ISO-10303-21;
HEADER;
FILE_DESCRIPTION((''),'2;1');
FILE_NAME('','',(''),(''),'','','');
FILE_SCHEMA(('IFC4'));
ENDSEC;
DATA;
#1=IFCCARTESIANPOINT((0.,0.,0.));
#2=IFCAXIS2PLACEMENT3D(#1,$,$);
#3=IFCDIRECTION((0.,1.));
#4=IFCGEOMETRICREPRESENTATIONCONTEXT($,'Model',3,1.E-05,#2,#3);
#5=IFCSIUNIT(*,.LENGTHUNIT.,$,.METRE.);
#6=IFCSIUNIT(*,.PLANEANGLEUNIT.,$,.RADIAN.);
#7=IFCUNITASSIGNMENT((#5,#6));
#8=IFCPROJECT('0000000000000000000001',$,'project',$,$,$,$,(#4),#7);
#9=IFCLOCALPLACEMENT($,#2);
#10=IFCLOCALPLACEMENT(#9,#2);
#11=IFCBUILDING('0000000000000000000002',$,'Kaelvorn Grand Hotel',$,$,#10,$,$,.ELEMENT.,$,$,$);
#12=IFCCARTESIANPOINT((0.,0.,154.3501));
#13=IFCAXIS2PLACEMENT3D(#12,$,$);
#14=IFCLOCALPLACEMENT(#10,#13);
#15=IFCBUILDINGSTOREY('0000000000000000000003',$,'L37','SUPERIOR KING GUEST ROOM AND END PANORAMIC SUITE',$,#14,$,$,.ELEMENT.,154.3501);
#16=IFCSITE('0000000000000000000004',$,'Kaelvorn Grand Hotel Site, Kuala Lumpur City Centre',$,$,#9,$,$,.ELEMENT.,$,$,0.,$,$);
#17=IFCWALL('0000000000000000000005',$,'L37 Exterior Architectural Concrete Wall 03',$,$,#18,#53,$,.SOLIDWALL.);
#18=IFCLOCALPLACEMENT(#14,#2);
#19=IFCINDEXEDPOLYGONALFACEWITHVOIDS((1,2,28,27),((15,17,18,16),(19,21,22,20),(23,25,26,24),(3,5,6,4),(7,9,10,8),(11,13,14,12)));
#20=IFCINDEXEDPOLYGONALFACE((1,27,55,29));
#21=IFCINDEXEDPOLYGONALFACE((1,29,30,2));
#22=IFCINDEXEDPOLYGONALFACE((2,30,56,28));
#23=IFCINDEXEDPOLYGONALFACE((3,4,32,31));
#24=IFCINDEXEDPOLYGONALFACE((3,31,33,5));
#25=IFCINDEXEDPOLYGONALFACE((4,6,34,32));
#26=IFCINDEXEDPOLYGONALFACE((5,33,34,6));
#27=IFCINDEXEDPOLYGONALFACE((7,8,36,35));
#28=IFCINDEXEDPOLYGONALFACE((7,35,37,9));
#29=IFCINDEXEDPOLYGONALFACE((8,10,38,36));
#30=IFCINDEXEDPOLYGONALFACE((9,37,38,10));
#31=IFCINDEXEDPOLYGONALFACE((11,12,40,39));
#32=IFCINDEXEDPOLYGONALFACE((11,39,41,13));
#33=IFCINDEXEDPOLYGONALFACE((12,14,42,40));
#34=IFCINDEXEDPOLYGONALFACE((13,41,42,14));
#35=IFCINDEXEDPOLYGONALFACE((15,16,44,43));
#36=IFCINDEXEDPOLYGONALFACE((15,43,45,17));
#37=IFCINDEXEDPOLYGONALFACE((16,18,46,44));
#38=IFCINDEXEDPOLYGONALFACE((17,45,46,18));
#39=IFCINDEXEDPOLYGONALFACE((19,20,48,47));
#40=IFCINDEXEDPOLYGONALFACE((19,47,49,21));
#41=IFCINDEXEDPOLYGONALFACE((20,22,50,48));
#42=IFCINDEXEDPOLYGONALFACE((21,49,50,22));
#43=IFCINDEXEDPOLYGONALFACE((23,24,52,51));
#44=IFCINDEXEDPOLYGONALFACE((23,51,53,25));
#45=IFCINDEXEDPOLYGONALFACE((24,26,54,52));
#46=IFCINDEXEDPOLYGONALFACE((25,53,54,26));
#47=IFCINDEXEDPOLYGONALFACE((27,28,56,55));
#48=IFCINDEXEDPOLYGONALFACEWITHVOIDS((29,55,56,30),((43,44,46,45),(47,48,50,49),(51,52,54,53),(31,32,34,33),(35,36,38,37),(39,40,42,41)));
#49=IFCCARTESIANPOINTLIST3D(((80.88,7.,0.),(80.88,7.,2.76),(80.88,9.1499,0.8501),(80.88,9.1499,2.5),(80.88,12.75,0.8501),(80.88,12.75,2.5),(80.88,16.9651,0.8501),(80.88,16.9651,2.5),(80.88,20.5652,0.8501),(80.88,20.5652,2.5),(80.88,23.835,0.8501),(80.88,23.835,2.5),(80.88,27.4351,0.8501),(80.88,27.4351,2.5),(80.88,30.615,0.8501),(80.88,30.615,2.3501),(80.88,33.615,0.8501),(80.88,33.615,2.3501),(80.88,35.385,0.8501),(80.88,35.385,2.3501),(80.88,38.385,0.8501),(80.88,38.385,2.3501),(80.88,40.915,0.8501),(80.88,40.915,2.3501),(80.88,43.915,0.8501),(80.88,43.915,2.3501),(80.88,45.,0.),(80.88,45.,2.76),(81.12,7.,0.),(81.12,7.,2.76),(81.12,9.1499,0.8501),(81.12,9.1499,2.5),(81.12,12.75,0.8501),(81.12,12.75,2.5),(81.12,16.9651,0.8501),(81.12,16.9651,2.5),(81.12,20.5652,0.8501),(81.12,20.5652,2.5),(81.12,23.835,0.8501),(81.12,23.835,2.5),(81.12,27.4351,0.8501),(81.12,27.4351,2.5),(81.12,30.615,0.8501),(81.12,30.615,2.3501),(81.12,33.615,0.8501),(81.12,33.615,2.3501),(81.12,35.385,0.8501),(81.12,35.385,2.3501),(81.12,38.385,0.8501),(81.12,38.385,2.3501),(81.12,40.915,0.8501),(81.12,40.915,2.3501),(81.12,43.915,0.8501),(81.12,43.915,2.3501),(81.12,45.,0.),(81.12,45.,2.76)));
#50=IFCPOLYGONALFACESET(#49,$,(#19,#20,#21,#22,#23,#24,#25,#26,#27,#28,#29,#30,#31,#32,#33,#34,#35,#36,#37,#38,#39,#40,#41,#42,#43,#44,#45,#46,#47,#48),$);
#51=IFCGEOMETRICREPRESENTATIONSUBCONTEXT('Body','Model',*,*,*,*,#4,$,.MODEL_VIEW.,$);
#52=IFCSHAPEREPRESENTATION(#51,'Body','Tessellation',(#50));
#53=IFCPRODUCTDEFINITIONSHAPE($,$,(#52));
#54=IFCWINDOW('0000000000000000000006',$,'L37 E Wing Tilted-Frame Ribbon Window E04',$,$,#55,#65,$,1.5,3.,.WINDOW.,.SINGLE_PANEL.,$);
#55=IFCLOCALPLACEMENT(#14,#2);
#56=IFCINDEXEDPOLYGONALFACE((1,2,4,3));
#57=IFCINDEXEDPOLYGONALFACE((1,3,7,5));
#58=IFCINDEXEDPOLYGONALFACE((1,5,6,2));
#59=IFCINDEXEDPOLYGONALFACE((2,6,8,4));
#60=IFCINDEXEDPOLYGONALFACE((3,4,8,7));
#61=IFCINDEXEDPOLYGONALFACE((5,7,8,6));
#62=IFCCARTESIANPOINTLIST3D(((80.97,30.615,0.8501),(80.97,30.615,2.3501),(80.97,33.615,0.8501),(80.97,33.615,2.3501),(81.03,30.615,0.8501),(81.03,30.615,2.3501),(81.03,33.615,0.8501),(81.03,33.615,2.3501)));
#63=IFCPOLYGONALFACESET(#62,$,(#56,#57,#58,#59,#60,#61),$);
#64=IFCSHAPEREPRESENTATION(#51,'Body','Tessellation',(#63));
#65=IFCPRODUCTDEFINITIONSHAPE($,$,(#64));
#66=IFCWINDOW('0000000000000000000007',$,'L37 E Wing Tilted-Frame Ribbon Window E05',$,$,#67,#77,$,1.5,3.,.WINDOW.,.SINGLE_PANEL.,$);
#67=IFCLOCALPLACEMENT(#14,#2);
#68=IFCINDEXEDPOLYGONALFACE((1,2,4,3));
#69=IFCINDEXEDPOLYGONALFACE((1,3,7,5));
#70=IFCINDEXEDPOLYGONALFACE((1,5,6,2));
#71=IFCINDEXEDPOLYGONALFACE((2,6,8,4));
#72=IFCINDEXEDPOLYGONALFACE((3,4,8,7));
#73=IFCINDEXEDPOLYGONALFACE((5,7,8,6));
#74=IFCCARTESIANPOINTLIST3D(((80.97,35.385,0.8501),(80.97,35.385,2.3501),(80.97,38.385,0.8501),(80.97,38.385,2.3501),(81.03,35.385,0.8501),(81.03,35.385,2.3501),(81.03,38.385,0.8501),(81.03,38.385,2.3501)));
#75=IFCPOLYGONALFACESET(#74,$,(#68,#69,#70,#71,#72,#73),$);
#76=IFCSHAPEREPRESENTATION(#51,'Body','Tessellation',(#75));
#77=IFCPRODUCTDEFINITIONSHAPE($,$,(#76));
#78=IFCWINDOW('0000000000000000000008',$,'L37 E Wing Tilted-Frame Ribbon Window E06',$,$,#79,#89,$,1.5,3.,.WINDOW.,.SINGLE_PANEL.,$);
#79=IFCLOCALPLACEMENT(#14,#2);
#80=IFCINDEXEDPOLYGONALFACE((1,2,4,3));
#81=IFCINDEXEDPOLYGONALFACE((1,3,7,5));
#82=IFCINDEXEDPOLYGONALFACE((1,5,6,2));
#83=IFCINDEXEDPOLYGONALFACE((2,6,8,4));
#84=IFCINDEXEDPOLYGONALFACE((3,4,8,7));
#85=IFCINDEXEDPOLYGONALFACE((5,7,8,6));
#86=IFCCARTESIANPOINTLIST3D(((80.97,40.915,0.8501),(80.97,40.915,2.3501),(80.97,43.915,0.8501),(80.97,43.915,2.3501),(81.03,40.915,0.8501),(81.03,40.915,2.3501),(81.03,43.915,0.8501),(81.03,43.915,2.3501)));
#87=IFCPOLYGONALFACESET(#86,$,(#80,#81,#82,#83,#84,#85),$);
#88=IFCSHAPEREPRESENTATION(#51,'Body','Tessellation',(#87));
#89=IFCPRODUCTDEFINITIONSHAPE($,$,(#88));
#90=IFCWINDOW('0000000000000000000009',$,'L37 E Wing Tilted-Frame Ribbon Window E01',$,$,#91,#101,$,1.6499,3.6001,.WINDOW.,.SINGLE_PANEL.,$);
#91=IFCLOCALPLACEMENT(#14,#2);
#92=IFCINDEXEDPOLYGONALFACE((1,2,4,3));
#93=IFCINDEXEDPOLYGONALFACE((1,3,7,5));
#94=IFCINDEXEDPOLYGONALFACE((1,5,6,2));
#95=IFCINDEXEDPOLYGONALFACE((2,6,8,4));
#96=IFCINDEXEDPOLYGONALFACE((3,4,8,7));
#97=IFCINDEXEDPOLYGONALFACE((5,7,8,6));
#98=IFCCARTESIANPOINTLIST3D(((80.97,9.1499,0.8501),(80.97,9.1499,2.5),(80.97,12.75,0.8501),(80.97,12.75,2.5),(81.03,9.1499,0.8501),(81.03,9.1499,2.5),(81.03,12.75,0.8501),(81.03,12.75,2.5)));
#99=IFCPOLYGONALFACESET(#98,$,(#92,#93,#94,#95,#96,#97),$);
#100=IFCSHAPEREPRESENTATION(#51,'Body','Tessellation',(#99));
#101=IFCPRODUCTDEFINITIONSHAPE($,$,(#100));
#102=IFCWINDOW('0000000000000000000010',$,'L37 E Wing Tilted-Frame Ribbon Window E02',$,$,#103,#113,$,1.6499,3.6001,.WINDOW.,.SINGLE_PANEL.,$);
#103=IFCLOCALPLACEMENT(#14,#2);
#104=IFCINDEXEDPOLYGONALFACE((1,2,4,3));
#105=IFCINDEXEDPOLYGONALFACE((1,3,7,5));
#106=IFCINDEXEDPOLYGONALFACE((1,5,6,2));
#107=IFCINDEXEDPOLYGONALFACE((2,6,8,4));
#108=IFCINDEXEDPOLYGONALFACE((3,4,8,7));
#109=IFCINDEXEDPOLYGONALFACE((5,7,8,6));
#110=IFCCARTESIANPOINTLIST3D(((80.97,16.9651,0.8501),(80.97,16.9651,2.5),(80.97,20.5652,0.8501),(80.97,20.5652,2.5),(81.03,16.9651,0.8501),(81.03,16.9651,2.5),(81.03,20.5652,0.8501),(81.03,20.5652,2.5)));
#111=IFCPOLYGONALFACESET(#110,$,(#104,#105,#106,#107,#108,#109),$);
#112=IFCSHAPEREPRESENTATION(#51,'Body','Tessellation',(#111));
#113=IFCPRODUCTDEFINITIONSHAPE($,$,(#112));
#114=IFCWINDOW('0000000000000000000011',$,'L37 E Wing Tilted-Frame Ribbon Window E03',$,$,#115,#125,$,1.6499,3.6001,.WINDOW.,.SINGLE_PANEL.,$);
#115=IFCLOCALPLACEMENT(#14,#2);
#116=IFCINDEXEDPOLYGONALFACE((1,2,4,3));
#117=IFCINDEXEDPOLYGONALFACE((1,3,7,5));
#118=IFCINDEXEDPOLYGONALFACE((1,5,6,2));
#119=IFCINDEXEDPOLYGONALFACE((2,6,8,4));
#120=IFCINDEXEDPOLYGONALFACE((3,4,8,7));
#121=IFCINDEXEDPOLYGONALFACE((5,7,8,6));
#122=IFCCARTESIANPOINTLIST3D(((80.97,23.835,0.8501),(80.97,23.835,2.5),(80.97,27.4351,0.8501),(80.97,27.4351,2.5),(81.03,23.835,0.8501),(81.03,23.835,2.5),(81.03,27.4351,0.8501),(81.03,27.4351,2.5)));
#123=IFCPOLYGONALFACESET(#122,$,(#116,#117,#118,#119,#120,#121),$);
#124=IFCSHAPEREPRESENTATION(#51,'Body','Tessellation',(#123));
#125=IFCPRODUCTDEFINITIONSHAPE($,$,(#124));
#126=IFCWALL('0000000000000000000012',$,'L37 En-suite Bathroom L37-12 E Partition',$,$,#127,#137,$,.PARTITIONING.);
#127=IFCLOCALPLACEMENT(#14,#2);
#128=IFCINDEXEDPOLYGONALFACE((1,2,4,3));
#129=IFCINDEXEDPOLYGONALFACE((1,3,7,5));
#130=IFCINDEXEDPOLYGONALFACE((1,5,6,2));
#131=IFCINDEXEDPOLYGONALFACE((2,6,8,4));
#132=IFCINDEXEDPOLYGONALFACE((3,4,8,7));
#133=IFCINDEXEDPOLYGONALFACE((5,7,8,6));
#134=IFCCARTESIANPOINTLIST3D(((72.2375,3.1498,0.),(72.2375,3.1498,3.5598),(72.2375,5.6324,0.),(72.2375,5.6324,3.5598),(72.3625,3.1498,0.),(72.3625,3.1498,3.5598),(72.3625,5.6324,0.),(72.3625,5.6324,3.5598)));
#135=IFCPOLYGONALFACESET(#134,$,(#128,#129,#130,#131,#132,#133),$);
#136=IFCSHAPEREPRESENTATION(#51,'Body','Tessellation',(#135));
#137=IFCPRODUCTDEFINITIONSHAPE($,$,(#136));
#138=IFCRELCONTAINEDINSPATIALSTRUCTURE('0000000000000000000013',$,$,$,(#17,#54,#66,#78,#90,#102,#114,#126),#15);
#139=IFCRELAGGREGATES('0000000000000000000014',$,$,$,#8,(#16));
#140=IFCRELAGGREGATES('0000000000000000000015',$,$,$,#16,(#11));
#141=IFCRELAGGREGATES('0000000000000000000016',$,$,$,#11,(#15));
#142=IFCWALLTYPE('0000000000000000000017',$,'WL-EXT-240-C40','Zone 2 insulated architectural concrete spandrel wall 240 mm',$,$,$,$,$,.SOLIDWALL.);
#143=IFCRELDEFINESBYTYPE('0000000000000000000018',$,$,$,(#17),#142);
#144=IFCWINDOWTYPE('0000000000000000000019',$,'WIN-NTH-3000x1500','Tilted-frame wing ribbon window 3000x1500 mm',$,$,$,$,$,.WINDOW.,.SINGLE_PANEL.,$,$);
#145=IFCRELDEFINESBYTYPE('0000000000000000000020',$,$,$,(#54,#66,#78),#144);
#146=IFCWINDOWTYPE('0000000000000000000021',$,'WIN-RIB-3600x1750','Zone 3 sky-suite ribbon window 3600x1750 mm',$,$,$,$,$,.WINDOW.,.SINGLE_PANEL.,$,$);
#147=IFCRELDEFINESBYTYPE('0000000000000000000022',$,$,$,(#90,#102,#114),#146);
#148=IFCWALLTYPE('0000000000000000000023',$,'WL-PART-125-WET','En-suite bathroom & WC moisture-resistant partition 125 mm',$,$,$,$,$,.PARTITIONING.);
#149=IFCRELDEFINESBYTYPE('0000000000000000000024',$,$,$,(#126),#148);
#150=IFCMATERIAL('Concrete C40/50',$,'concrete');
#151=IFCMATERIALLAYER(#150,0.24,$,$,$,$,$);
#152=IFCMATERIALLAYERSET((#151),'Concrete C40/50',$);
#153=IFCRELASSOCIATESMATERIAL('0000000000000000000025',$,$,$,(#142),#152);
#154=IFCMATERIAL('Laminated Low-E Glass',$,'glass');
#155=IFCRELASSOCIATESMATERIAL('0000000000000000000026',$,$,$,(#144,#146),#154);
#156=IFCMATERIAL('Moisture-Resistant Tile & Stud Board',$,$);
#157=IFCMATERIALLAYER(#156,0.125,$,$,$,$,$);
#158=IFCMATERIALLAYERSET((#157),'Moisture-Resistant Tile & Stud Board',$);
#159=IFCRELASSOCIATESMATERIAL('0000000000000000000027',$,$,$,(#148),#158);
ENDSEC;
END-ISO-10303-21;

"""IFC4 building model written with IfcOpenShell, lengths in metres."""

from ifc_helpers import new_model, si_unit, direction, frame, frame_2d, origin, place, context, subcontext, project, spatial, rectangle, extrude, material, layer, layer_set, type_object, element, fill, save


model = new_model("IFC4")

# Units and contexts
model_context = context("Model", 3, precision=1e-05, world=origin(), true_north=direction((0.0, 1.0)))
body_context = subcontext(model_context, "Body", "Model", "MODEL_VIEW")
ifc_project = project(units=[si_unit("LENGTHUNIT", "METRE"), si_unit("PLANEANGLEUNIT", "RADIAN")], contexts=[model_context])

# Site, building, storey
site_placement = place(None, origin())
site = spatial("IfcSite", under=ifc_project, at=site_placement, Name="Kaelvorn Grand Hotel Site, Kuala Lumpur City Centre", CompositionType="ELEMENT", RefElevation=0.0)
building_placement = place(site_placement, origin())
building = spatial("IfcBuilding", under=site, at=building_placement, Name="Kaelvorn Grand Hotel", CompositionType="ELEMENT")
storey_placement = place(building_placement, frame((0.0, 0.0, 154.3501)))
storey = spatial("IfcBuildingStorey", under=building, at=storey_placement, Name="L37", Description="SUPERIOR KING GUEST ROOM AND END PANORAMIC SUITE", CompositionType="ELEMENT", Elevation=154.3501)

# Shared definitions
ifc_material_1 = material(Name="Concrete C40/50", Category="concrete")
ifc_layer_1 = layer(ifc_material_1, 0.24)
ifc_layer_set_1 = layer_set([ifc_layer_1], Name="Concrete C40/50")
wall_type_1 = type_object("IfcWallType", Name="WL-EXT-240-C40", Description="Zone 2 insulated architectural concrete spandrel wall 240 mm", PredefinedType="SOLIDWALL", material=ifc_layer_set_1)
ifc_material_2 = material(Name="Laminated Low-E Glass", Category="glass")

# Wall, openings, windows
wall_1_placement = place(storey_placement, frame((81.0, 7.0, 0.0), z_axis=(0.0, 0.0, 1.0), x_axis=(0.0, 1.0, 0.0)))
wall_1 = element("IfcWall", 1, at=wall_1_placement, inside=storey, type_object=wall_type_1, Name="L37 Exterior Architectural Concrete Wall 03", PredefinedType="SOLIDWALL", context=body_context, shape_type="SweptSolid", body=[
    extrude(rectangle(XDim=38.0, YDim=0.24, at=frame_2d((19.0, 0.0))), origin(), (0.0, 0.0, 1.0), 2.76),
])
opening_1_placement = place(wall_1_placement, frame((2.1499, 0.0, 0.8501)))
opening_1 = element("IfcOpeningElement", 2, at=opening_1_placement, cuts=wall_1, PredefinedType="OPENING", context=body_context, shape_type="SweptSolid", body=[
    extrude(rectangle(XDim=3.6001, YDim=1.6499, at=frame_2d((1.8, 0.825))), frame((0.0, 0.1299, 0.0), z_axis=(0.0, -1.0, 0.0), x_axis=(1.0, 0.0, 0.0)), (0.0, 0.0, 1.0), 0.26),
])
opening_2_placement = place(wall_1_placement, frame((9.9651, 0.0, 0.8501)))
opening_2 = element("IfcOpeningElement", 3, at=opening_2_placement, cuts=wall_1, PredefinedType="OPENING", context=body_context, shape_type="SweptSolid", body=[
    extrude(rectangle(XDim=3.6001, YDim=1.6499, at=frame_2d((1.8, 0.825))), frame((0.0, 0.1299, 0.0), z_axis=(0.0, -1.0, 0.0), x_axis=(1.0, 0.0, 0.0)), (0.0, 0.0, 1.0), 0.26),
])
opening_3_placement = place(wall_1_placement, frame((16.835, 0.0, 0.8501)))
opening_3 = element("IfcOpeningElement", 4, at=opening_3_placement, cuts=wall_1, PredefinedType="OPENING", context=body_context, shape_type="SweptSolid", body=[
    extrude(rectangle(XDim=3.6001, YDim=1.6499, at=frame_2d((1.8, 0.825))), frame((0.0, 0.1299, 0.0), z_axis=(0.0, -1.0, 0.0), x_axis=(1.0, 0.0, 0.0)), (0.0, 0.0, 1.0), 0.26),
])
opening_4_placement = place(wall_1_placement, frame((23.615, 0.0, 0.8501)))
opening_4 = element("IfcOpeningElement", 5, at=opening_4_placement, cuts=wall_1, PredefinedType="OPENING", context=body_context, shape_type="SweptSolid", body=[
    extrude(rectangle(XDim=3.0, YDim=1.5, at=frame_2d((1.5, 0.75))), frame((0.0, 0.1299, 0.0), z_axis=(0.0, -1.0, 0.0), x_axis=(1.0, 0.0, 0.0)), (0.0, 0.0, 1.0), 0.26),
])
opening_5_placement = place(wall_1_placement, frame((28.385, 0.0, 0.8501)))
opening_5 = element("IfcOpeningElement", 6, at=opening_5_placement, cuts=wall_1, PredefinedType="OPENING", context=body_context, shape_type="SweptSolid", body=[
    extrude(rectangle(XDim=3.0, YDim=1.5, at=frame_2d((1.5, 0.75))), frame((0.0, 0.1299, 0.0), z_axis=(0.0, -1.0, 0.0), x_axis=(1.0, 0.0, 0.0)), (0.0, 0.0, 1.0), 0.26),
])
opening_6_placement = place(wall_1_placement, frame((33.915, 0.0, 0.8501)))
opening_6 = element("IfcOpeningElement", 7, at=opening_6_placement, cuts=wall_1, PredefinedType="OPENING", context=body_context, shape_type="SweptSolid", body=[
    extrude(rectangle(XDim=3.0, YDim=1.5, at=frame_2d((1.5, 0.75))), frame((0.0, 0.1299, 0.0), z_axis=(0.0, -1.0, 0.0), x_axis=(1.0, 0.0, 0.0)), (0.0, 0.0, 1.0), 0.26),
])
window_type_1 = type_object("IfcWindowType", Name="WIN-NTH-3000x1500", Description="Tilted-frame wing ribbon window 3000x1500 mm", PartitioningType="SINGLE_PANEL", PredefinedType="WINDOW", material=ifc_material_2)
window_1_placement = place(opening_4_placement, origin())
window_1 = element("IfcWindow", 8, at=window_1_placement, inside=storey, type_object=window_type_1, Name="L37 E Wing Tilted-Frame Ribbon Window E04", OverallHeight=1.5, OverallWidth=3.0, PartitioningType="SINGLE_PANEL", PredefinedType="WINDOW", context=body_context, shape_type="SweptSolid", body=[
    extrude(rectangle(XDim=3.0, YDim=1.5, at=frame_2d((1.5, 0.75))), frame((0.0, 0.03, 0.0), z_axis=(0.0, -1.0, 0.0), x_axis=(1.0, 0.0, 0.0)), (0.0, 0.0, 1.0), 0.0601),
])
fill(opening_4, window_1)
window_2_placement = place(opening_5_placement, origin())
window_2 = element("IfcWindow", 9, at=window_2_placement, inside=storey, type_object=window_type_1, Name="L37 E Wing Tilted-Frame Ribbon Window E05", OverallHeight=1.5, OverallWidth=3.0, PartitioningType="SINGLE_PANEL", PredefinedType="WINDOW", context=body_context, shape_type="SweptSolid", body=[
    extrude(rectangle(XDim=3.0, YDim=1.5, at=frame_2d((1.5, 0.75))), frame((0.0, 0.03, 0.0), z_axis=(0.0, -1.0, 0.0), x_axis=(1.0, 0.0, 0.0)), (0.0, 0.0, 1.0), 0.0601),
])
fill(opening_5, window_2)
window_3_placement = place(opening_6_placement, origin())
window_3 = element("IfcWindow", 10, at=window_3_placement, inside=storey, type_object=window_type_1, Name="L37 E Wing Tilted-Frame Ribbon Window E06", OverallHeight=1.5, OverallWidth=3.0, PartitioningType="SINGLE_PANEL", PredefinedType="WINDOW", context=body_context, shape_type="SweptSolid", body=[
    extrude(rectangle(XDim=3.0, YDim=1.5, at=frame_2d((1.5, 0.75))), frame((0.0, 0.03, 0.0), z_axis=(0.0, -1.0, 0.0), x_axis=(1.0, 0.0, 0.0)), (0.0, 0.0, 1.0), 0.0601),
])
fill(opening_6, window_3)
window_type_2 = type_object("IfcWindowType", Name="WIN-RIB-3600x1750", Description="Zone 3 sky-suite ribbon window 3600x1750 mm", PartitioningType="SINGLE_PANEL", PredefinedType="WINDOW", material=ifc_material_2)
window_4_placement = place(opening_1_placement, origin())
window_4 = element("IfcWindow", 11, at=window_4_placement, inside=storey, type_object=window_type_2, Name="L37 E Wing Tilted-Frame Ribbon Window E01", OverallHeight=1.6499, OverallWidth=3.6001, PartitioningType="SINGLE_PANEL", PredefinedType="WINDOW", context=body_context, shape_type="SweptSolid", body=[
    extrude(rectangle(XDim=3.6001, YDim=1.6499, at=frame_2d((1.8, 0.825))), frame((0.0, 0.03, 0.0), z_axis=(0.0, -1.0, 0.0), x_axis=(1.0, 0.0, 0.0)), (0.0, 0.0, 1.0), 0.0601),
])
fill(opening_1, window_4)
window_5_placement = place(opening_2_placement, origin())
window_5 = element("IfcWindow", 12, at=window_5_placement, inside=storey, type_object=window_type_2, Name="L37 E Wing Tilted-Frame Ribbon Window E02", OverallHeight=1.6499, OverallWidth=3.6001, PartitioningType="SINGLE_PANEL", PredefinedType="WINDOW", context=body_context, shape_type="SweptSolid", body=[
    extrude(rectangle(XDim=3.6001, YDim=1.6499, at=frame_2d((1.8, 0.825))), frame((0.0, 0.03, 0.0), z_axis=(0.0, -1.0, 0.0), x_axis=(1.0, 0.0, 0.0)), (0.0, 0.0, 1.0), 0.0601),
])
fill(opening_2, window_5)
window_6_placement = place(opening_3_placement, origin())
window_6 = element("IfcWindow", 13, at=window_6_placement, inside=storey, type_object=window_type_2, Name="L37 E Wing Tilted-Frame Ribbon Window E03", OverallHeight=1.6499, OverallWidth=3.6001, PartitioningType="SINGLE_PANEL", PredefinedType="WINDOW", context=body_context, shape_type="SweptSolid", body=[
    extrude(rectangle(XDim=3.6001, YDim=1.6499, at=frame_2d((1.8, 0.825))), frame((0.0, 0.03, 0.0), z_axis=(0.0, -1.0, 0.0), x_axis=(1.0, 0.0, 0.0)), (0.0, 0.0, 1.0), 0.0601),
])
fill(opening_3, window_6)

# Wall
ifc_material_3 = material(Name="Moisture-Resistant Tile & Stud Board")
ifc_layer_2 = layer(ifc_material_3, 0.125)
ifc_layer_set_2 = layer_set([ifc_layer_2], Name="Moisture-Resistant Tile & Stud Board")
wall_type_2 = type_object("IfcWallType", Name="WL-PART-125-WET", Description="En-suite bathroom & WC moisture-resistant partition 125 mm", PredefinedType="PARTITIONING", material=ifc_layer_set_2)
wall_2_placement = place(storey_placement, frame((72.3, 3.1499, 0.0), z_axis=(0.0, 0.0, 1.0), x_axis=(0.0, 1.0, 0.0)))
element("IfcWall", 14, at=wall_2_placement, inside=storey, type_object=wall_type_2, Name="L37 En-suite Bathroom L37-12 E Partition", PredefinedType="PARTITIONING", context=body_context, shape_type="SweptSolid", body=[
    extrude(rectangle(XDim=2.4827, YDim=0.125, at=frame_2d((1.2412, 0.0))), origin(), (0.0, 0.0, 1.0), 3.5598),
])

save(model, "model.ifc")
